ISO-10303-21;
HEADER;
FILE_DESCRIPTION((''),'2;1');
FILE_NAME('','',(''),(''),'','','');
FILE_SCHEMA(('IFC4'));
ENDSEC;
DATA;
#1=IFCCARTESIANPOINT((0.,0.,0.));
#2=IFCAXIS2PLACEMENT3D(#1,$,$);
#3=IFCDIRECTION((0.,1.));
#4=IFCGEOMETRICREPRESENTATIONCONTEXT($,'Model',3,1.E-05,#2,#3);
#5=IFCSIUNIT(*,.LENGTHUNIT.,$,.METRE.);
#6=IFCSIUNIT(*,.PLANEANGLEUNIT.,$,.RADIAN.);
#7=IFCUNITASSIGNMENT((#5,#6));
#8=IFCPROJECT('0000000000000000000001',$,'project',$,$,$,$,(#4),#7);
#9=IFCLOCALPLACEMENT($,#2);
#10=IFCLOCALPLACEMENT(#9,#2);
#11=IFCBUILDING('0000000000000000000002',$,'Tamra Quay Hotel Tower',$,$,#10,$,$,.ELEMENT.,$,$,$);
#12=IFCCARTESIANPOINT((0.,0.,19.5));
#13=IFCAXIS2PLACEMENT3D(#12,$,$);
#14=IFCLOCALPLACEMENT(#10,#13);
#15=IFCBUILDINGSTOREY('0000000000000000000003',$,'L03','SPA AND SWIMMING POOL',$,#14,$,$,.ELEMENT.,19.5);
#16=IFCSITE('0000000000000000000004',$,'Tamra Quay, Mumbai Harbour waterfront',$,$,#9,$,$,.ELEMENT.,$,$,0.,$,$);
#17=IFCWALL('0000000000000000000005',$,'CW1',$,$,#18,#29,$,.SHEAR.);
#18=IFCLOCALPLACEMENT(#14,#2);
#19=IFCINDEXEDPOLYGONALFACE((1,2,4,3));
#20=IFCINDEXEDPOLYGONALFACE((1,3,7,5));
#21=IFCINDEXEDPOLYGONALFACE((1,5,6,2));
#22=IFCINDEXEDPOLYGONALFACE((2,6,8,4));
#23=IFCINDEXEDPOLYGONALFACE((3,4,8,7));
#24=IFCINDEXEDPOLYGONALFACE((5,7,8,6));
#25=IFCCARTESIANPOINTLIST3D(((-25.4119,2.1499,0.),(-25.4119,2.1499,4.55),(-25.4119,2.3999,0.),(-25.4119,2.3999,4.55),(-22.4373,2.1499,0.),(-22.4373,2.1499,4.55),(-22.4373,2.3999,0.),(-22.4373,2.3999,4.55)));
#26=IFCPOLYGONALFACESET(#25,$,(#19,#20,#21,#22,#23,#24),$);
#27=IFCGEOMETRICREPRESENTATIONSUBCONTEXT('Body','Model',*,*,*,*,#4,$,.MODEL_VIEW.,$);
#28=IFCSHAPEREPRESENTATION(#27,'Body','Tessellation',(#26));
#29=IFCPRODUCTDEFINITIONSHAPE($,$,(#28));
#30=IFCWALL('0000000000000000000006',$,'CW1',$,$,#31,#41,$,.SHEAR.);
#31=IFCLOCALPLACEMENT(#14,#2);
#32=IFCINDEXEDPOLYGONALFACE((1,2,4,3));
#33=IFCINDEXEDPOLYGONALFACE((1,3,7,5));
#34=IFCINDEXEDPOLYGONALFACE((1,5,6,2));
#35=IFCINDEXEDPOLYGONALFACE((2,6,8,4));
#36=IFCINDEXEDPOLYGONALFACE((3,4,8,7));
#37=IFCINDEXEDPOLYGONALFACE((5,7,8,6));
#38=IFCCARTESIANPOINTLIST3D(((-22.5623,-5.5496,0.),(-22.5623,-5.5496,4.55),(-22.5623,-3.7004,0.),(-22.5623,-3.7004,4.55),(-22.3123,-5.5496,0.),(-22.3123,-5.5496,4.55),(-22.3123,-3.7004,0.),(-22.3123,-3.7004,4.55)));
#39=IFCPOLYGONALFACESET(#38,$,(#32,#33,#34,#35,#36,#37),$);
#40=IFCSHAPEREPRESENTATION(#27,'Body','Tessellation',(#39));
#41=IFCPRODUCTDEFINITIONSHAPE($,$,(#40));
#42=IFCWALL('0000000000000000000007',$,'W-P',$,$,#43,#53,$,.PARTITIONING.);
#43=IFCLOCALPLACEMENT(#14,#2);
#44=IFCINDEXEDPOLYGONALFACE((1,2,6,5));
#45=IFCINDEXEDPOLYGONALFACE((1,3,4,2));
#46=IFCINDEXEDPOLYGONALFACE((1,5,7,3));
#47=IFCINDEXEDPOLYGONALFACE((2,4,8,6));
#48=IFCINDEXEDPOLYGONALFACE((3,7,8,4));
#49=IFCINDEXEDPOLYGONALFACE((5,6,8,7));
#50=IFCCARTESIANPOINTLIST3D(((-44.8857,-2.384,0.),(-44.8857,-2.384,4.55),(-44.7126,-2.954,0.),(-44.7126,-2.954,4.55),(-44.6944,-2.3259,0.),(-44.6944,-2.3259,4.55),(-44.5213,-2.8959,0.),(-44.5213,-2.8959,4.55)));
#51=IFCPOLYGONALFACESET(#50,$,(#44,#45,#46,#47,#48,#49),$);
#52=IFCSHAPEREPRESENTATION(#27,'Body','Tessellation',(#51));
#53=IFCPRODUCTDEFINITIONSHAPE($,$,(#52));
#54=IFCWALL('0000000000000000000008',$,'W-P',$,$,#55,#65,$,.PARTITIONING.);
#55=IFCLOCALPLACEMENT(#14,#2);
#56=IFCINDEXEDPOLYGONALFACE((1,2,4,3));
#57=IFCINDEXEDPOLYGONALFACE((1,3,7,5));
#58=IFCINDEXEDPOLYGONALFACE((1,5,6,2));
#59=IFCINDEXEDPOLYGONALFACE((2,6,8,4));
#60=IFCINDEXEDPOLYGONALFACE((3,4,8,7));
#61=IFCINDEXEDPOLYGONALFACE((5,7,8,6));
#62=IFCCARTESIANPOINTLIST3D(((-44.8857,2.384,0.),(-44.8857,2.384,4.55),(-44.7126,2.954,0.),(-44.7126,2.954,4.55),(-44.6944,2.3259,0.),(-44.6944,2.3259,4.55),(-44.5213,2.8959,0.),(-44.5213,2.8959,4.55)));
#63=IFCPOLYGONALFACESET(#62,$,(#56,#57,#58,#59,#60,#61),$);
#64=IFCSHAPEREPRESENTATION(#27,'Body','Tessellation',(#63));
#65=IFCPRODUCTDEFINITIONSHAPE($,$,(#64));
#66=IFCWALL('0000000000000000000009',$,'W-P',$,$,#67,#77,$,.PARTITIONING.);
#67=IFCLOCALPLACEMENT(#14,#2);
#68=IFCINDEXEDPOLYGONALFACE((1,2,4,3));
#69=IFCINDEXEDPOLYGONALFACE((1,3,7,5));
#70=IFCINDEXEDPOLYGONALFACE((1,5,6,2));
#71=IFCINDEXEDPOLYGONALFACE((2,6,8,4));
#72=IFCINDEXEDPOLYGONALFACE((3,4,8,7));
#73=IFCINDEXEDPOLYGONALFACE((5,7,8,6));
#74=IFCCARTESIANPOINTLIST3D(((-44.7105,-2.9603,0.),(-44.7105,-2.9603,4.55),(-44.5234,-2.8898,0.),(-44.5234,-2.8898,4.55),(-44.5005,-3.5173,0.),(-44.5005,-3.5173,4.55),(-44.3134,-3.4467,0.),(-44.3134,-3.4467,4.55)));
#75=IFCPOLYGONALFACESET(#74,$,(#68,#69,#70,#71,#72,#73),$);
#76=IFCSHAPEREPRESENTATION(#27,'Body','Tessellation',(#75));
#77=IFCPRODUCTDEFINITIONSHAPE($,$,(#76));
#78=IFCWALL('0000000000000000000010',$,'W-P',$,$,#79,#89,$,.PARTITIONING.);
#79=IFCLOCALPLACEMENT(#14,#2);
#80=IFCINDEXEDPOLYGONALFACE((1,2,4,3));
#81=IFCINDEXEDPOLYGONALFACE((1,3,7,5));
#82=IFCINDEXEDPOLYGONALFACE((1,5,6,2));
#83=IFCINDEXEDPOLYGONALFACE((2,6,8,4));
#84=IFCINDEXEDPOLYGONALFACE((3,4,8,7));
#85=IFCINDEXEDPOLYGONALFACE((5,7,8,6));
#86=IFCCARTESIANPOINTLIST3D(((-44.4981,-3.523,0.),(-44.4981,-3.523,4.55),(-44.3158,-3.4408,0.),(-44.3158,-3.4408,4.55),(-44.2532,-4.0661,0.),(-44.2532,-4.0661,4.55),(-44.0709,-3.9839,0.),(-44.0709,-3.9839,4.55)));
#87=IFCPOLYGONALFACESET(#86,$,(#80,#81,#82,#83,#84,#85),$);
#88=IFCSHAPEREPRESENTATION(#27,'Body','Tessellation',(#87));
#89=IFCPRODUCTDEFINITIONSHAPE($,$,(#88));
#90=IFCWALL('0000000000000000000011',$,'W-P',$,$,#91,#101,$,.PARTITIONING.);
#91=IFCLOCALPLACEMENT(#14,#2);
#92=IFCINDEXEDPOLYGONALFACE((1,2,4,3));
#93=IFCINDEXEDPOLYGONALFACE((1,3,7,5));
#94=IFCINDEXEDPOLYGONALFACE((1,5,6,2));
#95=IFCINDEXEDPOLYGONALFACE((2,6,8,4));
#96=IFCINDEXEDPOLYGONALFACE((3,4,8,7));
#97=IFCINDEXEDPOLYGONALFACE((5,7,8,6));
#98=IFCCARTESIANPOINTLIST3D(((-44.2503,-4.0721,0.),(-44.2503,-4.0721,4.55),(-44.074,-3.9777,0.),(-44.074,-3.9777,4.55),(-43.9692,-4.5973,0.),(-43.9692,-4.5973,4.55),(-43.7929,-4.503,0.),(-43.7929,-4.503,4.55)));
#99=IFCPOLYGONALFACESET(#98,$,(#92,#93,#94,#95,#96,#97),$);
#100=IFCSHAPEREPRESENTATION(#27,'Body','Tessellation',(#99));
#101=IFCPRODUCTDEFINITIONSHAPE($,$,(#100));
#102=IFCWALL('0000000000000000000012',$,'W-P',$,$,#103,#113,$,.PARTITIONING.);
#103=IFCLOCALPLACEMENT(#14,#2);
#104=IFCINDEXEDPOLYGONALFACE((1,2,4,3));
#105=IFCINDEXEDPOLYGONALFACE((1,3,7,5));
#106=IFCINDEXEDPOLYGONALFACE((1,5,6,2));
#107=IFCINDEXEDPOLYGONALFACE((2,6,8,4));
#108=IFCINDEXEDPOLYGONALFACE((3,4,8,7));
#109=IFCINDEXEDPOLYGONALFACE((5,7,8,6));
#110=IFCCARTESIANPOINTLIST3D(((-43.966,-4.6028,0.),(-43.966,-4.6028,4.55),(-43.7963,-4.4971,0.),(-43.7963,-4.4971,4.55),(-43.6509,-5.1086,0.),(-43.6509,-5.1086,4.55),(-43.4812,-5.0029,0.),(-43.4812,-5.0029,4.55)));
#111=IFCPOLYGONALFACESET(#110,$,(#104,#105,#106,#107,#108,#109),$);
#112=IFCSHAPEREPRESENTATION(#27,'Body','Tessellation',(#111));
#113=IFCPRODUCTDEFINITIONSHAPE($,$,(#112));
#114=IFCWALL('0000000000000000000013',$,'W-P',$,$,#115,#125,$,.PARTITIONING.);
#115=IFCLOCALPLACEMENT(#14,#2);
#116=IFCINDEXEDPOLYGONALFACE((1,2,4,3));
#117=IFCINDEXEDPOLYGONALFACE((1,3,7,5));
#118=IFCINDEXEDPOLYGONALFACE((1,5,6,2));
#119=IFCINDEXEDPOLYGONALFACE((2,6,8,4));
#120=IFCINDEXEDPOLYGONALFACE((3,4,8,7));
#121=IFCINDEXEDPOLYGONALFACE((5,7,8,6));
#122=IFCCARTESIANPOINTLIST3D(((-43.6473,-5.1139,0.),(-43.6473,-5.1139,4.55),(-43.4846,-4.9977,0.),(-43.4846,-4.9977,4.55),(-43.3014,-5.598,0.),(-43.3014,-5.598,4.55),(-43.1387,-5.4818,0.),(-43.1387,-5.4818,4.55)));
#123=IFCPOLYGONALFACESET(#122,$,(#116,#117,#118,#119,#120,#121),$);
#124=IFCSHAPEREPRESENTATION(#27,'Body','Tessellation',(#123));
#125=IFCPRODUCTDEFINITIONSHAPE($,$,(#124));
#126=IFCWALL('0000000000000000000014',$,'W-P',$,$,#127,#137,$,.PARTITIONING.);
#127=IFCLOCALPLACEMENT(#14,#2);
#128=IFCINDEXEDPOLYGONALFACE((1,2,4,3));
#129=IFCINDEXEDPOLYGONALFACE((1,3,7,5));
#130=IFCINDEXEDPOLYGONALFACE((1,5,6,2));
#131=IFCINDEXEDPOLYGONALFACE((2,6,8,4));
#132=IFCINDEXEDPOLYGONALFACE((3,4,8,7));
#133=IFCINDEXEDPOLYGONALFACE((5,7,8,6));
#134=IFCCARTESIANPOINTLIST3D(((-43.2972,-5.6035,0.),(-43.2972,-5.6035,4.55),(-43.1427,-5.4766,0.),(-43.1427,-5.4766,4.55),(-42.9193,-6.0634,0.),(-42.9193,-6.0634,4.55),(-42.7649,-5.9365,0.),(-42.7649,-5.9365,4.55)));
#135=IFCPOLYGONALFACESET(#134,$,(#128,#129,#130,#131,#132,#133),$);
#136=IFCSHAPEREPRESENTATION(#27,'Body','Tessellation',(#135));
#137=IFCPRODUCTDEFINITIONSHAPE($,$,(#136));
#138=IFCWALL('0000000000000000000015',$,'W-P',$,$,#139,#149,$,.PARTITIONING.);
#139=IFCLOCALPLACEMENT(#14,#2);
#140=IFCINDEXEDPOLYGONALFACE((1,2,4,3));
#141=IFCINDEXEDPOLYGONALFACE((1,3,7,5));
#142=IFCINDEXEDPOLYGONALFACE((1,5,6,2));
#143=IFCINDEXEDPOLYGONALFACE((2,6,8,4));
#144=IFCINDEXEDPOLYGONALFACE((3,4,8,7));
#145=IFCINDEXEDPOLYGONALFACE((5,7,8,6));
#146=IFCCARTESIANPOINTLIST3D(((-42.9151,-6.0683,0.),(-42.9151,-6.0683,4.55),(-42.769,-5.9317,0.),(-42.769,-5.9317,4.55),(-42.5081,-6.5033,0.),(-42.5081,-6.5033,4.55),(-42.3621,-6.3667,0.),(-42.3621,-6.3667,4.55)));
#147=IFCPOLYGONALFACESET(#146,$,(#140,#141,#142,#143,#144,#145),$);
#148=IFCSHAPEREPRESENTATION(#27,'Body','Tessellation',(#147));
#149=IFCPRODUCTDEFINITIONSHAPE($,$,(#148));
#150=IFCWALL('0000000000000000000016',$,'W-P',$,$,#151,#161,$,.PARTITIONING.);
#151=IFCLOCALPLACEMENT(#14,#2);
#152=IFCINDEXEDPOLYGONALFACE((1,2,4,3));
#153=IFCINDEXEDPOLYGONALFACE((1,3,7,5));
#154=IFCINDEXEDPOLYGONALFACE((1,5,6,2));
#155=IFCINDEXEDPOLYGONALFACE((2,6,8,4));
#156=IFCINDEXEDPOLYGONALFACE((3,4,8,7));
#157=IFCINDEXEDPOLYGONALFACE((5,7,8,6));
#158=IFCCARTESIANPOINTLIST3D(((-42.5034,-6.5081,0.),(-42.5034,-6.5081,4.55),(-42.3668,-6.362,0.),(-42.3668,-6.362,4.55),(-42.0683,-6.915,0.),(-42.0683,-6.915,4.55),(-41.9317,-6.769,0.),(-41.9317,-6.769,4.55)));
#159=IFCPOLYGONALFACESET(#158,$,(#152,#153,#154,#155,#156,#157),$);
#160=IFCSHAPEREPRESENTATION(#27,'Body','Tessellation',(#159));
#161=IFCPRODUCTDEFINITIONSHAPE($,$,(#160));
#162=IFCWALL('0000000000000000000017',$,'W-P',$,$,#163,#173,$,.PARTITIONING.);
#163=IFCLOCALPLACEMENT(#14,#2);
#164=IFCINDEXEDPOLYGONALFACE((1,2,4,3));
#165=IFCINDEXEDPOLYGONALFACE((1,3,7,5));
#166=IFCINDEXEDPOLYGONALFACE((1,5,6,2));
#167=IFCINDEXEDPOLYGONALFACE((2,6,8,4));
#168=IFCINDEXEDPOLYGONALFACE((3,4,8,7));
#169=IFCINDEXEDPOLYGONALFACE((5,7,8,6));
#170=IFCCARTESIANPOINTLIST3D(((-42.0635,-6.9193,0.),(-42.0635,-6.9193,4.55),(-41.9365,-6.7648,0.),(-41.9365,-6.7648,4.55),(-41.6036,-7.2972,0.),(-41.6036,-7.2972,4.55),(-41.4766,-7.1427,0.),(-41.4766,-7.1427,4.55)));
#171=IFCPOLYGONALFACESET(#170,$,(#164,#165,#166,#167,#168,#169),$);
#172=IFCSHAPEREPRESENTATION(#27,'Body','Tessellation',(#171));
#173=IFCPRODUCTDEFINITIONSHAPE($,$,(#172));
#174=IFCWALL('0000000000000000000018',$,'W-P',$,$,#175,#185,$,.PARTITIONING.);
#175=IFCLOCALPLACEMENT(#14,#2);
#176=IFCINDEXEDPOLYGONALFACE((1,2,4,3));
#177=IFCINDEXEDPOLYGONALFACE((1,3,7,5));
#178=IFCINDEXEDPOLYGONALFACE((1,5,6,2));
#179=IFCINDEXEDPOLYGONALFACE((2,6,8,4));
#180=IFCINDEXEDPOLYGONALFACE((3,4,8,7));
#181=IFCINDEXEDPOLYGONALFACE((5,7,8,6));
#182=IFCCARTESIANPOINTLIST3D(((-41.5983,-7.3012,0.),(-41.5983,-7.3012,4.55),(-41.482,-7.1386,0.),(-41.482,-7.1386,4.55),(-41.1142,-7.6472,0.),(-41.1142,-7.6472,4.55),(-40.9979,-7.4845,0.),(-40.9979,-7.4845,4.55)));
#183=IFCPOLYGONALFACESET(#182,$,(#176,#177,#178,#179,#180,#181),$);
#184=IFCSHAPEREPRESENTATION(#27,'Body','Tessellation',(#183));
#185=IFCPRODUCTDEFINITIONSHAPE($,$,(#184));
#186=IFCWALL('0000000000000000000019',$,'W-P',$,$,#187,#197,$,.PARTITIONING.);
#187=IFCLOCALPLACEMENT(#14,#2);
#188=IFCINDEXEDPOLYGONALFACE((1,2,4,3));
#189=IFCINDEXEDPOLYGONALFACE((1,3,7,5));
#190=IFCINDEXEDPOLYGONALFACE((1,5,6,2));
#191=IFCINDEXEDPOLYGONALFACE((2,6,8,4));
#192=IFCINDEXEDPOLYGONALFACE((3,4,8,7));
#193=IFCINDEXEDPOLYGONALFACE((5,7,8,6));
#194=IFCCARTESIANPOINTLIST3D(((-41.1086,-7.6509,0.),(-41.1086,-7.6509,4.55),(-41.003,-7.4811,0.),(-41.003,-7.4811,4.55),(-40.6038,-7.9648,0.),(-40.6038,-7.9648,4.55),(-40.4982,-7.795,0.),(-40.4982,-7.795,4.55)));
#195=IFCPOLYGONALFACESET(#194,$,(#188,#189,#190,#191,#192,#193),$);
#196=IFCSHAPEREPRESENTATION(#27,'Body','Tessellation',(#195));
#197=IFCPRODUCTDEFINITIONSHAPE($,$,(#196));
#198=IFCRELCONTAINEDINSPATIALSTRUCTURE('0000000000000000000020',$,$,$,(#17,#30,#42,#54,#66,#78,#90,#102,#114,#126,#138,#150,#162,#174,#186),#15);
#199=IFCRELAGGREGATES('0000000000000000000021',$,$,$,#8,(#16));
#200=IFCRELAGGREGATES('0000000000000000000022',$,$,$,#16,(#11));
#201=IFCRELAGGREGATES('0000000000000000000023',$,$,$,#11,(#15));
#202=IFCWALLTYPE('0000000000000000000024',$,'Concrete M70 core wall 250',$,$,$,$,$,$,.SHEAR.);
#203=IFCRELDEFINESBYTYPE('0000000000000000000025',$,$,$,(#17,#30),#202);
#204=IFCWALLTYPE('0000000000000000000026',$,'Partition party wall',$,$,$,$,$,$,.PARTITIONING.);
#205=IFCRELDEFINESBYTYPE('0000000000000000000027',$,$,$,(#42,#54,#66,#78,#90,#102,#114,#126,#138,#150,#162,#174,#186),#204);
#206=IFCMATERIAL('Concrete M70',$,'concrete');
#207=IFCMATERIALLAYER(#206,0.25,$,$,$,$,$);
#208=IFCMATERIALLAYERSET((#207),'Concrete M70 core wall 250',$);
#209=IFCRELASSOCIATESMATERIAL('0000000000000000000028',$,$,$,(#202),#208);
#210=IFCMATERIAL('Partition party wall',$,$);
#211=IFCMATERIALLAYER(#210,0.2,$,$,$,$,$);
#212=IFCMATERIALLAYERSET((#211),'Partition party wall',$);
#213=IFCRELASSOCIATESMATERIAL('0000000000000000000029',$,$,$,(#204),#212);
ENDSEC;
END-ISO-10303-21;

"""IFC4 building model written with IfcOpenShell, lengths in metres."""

from ifc_helpers import new_model, si_unit, direction, frame, frame_2d, origin, place, context, subcontext, project, spatial, rectangle, extrude, material, layer, layer_set, type_object, element, save


model = new_model("IFC4")

# Units and contexts
model_context = context("Model", 3, precision=1e-05, world=origin(), true_north=direction((0.0, 1.0)))
body_context = subcontext(model_context, "Body", "Model", "MODEL_VIEW")
ifc_project = project(units=[si_unit("LENGTHUNIT", "METRE"), si_unit("PLANEANGLEUNIT", "RADIAN")], contexts=[model_context])

# Site, building, storey
site_placement = place(None, origin())
site = spatial("IfcSite", under=ifc_project, at=site_placement, Name="Tamra Quay, Mumbai Harbour waterfront", CompositionType="ELEMENT", RefElevation=0.0)
building_placement = place(site_placement, origin())
building = spatial("IfcBuilding", under=site, at=building_placement, Name="Tamra Quay Hotel Tower", CompositionType="ELEMENT")
storey_placement = place(building_placement, frame((0.0, 0.0, 19.5)))
storey = spatial("IfcBuildingStorey", under=building, at=storey_placement, Name="L03", Description="SPA AND SWIMMING POOL", CompositionType="ELEMENT", Elevation=19.5)

# Shared definitions
ifc_material_1 = material(Name="Concrete M70", Category="concrete")

# Walls
ifc_layer_1 = layer(ifc_material_1, 0.25)
ifc_layer_set_1 = layer_set([ifc_layer_1], Name="Concrete M70 core wall 250")
wall_type_1 = type_object("IfcWallType", Name="Concrete M70 core wall 250", PredefinedType="SHEAR", material=ifc_layer_set_1)
for number, where, z_axis, x_axis, name in (
    (1, (-25.4119, 2.2749, 0.0), (0.0, 0.0, 1.0), (1.0, 0.0, 0.0), "CW1"),
):
    element("IfcWall", number, at=place(storey_placement, frame(where, z_axis=z_axis, x_axis=x_axis)), inside=storey, type_object=wall_type_1, Name=name, PredefinedType="SHEAR", context=body_context, shape_type="SweptSolid", body=[
        extrude(rectangle(XDim=2.9746, YDim=0.25, at=frame_2d((1.4873, 0.0))), origin(), (0.0, 0.0, 1.0), 4.55),
    ])
wall_1_placement = place(storey_placement, frame((-22.4373, -5.5496, 0.0), z_axis=(0.0, 0.0, 1.0), x_axis=(0.0, 1.0, 0.0)))
element("IfcWall", 2, at=wall_1_placement, inside=storey, type_object=wall_type_1, Name="CW1", PredefinedType="SHEAR", context=body_context, shape_type="SweptSolid", body=[
    extrude(rectangle(XDim=1.8491, YDim=0.25, at=frame_2d((0.9246, 0.0))), origin(), (0.0, 0.0, 1.0), 4.55),
])
ifc_material_2 = material(Name="Partition party wall")
ifc_layer_2 = layer(ifc_material_2, 0.2)
ifc_layer_set_2 = layer_set([ifc_layer_2], Name="Partition party wall")
wall_type_2 = type_object("IfcWallType", Name="Partition party wall", PredefinedType="PARTITIONING", material=ifc_layer_set_2)
for number, where, z_axis, x_axis, name in (
    (3, (-44.79, -2.355, 0.0), (0.0, 0.0, 1.0), (0.290542, -0.956862, 0.0), "W-P"),
    (4, (-44.79, 2.355, 0.0), (0.0, 0.0, 1.0), (0.290542, 0.956862, 0.0), "W-P"),
):
    element("IfcWall", number, at=place(storey_placement, frame(where, z_axis=z_axis, x_axis=x_axis)), inside=storey, type_object=wall_type_2, Name=name, PredefinedType="PARTITIONING", context=body_context, shape_type="SweptSolid", body=[
        extrude(rectangle(XDim=0.5957, YDim=0.2, at=frame_2d((0.2979, 0.0))), origin(), (0.0, 0.0, 1.0), 4.55),
    ])
wall_2_placement = place(storey_placement, frame((-44.6169, -2.925, 0.0), z_axis=(0.0, 0.0, 1.0), x_axis=(0.352786, -0.935704, 0.0)))
element("IfcWall", 5, at=wall_2_placement, inside=storey, type_object=wall_type_2, Name="W-P", PredefinedType="PARTITIONING", context=body_context, shape_type="SweptSolid", body=[
    extrude(rectangle(XDim=0.5952, YDim=0.2, at=frame_2d((0.2976, 0.0))), origin(), (0.0, 0.0, 1.0), 4.55),
])
for number, where, z_axis, x_axis, name in (
    (6, (-44.407, -3.4819, 0.0), (0.0, 0.0, 1.0), (0.411114, -0.911584, 0.0), "W-P"),
    (7, (-44.1621, -4.0249, 0.0), (0.0, 0.0, 1.0), (0.4718, -0.881705, 0.0), "W-P"),
):
    element("IfcWall", number, at=place(storey_placement, frame(where, z_axis=z_axis, x_axis=x_axis)), inside=storey, type_object=wall_type_2, Name=name, PredefinedType="PARTITIONING", context=body_context, shape_type="SweptSolid", body=[
        extrude(rectangle(XDim=0.5957, YDim=0.2, at=frame_2d((0.2979, 0.0))), origin(), (0.0, 0.0, 1.0), 4.55),
    ])
wall_3_placement = place(storey_placement, frame((-43.8811, -4.55, 0.0), z_axis=(0.0, 0.0, 1.0), x_axis=(0.52882, -0.848734, 0.0)))
element("IfcWall", 8, at=wall_3_placement, inside=storey, type_object=wall_type_2, Name="W-P", PredefinedType="PARTITIONING", context=body_context, shape_type="SweptSolid", body=[
    extrude(rectangle(XDim=0.5959, YDim=0.2, at=frame_2d((0.2979, 0.0))), origin(), (0.0, 0.0, 1.0), 4.55),
])
wall_4_placement = place(storey_placement, frame((-43.5659, -5.0559, 0.0), z_axis=(0.0, 0.0, 1.0), x_axis=(0.581393, -0.813623, 0.0)))
element("IfcWall", 9, at=wall_4_placement, inside=storey, type_object=wall_type_2, Name="W-P", PredefinedType="PARTITIONING", context=body_context, shape_type="SweptSolid", body=[
    extrude(rectangle(XDim=0.595, YDim=0.2, at=frame_2d((0.2974, 0.0))), origin(), (0.0, 0.0, 1.0), 4.55),
])
wall_5_placement = place(storey_placement, frame((-43.22, -5.54, 0.0), z_axis=(0.0, 0.0, 1.0), x_axis=(0.634844, -0.77264, 0.0)))
element("IfcWall", 10, at=wall_5_placement, inside=storey, type_object=wall_type_2, Name="W-P", PredefinedType="PARTITIONING", context=body_context, shape_type="SweptSolid", body=[
    extrude(rectangle(XDim=0.5952, YDim=0.2, at=frame_2d((0.2976, 0.0))), origin(), (0.0, 0.0, 1.0), 4.55),
])
for number, where, z_axis, x_axis, name in (
    (11, (-42.842, -6.0, 0.0), (0.0, 0.0, 1.0), (0.68315, -0.730278, 0.0), "W-P"),
    (12, (-42.4351, -6.4351, 0.0), (0.0, 0.0, 1.0), (0.730278, -0.68315, 0.0), "W-P"),
):
    element("IfcWall", number, at=place(storey_placement, frame(where, z_axis=z_axis, x_axis=x_axis)), inside=storey, type_object=wall_type_2, Name=name, PredefinedType="PARTITIONING", context=body_context, shape_type="SweptSolid", body=[
        extrude(rectangle(XDim=0.5957, YDim=0.2, at=frame_2d((0.2979, 0.0))), origin(), (0.0, 0.0, 1.0), 4.55),
    ])
wall_6_placement = place(storey_placement, frame((-42.0, -6.842, 0.0), z_axis=(0.0, 0.0, 1.0), x_axis=(0.77264, -0.634844, 0.0)))
element("IfcWall", 13, at=wall_6_placement, inside=storey, type_object=wall_type_2, Name="W-P", PredefinedType="PARTITIONING", context=body_context, shape_type="SweptSolid", body=[
    extrude(rectangle(XDim=0.5952, YDim=0.2, at=frame_2d((0.2976, 0.0))), origin(), (0.0, 0.0, 1.0), 4.55),
])
wall_7_placement = place(storey_placement, frame((-41.54, -7.22, 0.0), z_axis=(0.0, 0.0, 1.0), x_axis=(0.813623, -0.581393, 0.0)))
element("IfcWall", 14, at=wall_7_placement, inside=storey, type_object=wall_type_2, Name="W-P", PredefinedType="PARTITIONING", context=body_context, shape_type="SweptSolid", body=[
    extrude(rectangle(XDim=0.595, YDim=0.2, at=frame_2d((0.2974, 0.0))), origin(), (0.0, 0.0, 1.0), 4.55),
])
wall_8_placement = place(storey_placement, frame((-41.0559, -7.5659, 0.0), z_axis=(0.0, 0.0, 1.0), x_axis=(0.849196, -0.528078, 0.0)))
element("IfcWall", 15, at=wall_8_placement, inside=storey, type_object=wall_type_2, Name="W-P", PredefinedType="PARTITIONING", context=body_context, shape_type="SweptSolid", body=[
    extrude(rectangle(XDim=0.5945, YDim=0.2, at=frame_2d((0.2974, 0.0))), origin(), (0.0, 0.0, 1.0), 4.55),
])

save(model, "model.ifc")
